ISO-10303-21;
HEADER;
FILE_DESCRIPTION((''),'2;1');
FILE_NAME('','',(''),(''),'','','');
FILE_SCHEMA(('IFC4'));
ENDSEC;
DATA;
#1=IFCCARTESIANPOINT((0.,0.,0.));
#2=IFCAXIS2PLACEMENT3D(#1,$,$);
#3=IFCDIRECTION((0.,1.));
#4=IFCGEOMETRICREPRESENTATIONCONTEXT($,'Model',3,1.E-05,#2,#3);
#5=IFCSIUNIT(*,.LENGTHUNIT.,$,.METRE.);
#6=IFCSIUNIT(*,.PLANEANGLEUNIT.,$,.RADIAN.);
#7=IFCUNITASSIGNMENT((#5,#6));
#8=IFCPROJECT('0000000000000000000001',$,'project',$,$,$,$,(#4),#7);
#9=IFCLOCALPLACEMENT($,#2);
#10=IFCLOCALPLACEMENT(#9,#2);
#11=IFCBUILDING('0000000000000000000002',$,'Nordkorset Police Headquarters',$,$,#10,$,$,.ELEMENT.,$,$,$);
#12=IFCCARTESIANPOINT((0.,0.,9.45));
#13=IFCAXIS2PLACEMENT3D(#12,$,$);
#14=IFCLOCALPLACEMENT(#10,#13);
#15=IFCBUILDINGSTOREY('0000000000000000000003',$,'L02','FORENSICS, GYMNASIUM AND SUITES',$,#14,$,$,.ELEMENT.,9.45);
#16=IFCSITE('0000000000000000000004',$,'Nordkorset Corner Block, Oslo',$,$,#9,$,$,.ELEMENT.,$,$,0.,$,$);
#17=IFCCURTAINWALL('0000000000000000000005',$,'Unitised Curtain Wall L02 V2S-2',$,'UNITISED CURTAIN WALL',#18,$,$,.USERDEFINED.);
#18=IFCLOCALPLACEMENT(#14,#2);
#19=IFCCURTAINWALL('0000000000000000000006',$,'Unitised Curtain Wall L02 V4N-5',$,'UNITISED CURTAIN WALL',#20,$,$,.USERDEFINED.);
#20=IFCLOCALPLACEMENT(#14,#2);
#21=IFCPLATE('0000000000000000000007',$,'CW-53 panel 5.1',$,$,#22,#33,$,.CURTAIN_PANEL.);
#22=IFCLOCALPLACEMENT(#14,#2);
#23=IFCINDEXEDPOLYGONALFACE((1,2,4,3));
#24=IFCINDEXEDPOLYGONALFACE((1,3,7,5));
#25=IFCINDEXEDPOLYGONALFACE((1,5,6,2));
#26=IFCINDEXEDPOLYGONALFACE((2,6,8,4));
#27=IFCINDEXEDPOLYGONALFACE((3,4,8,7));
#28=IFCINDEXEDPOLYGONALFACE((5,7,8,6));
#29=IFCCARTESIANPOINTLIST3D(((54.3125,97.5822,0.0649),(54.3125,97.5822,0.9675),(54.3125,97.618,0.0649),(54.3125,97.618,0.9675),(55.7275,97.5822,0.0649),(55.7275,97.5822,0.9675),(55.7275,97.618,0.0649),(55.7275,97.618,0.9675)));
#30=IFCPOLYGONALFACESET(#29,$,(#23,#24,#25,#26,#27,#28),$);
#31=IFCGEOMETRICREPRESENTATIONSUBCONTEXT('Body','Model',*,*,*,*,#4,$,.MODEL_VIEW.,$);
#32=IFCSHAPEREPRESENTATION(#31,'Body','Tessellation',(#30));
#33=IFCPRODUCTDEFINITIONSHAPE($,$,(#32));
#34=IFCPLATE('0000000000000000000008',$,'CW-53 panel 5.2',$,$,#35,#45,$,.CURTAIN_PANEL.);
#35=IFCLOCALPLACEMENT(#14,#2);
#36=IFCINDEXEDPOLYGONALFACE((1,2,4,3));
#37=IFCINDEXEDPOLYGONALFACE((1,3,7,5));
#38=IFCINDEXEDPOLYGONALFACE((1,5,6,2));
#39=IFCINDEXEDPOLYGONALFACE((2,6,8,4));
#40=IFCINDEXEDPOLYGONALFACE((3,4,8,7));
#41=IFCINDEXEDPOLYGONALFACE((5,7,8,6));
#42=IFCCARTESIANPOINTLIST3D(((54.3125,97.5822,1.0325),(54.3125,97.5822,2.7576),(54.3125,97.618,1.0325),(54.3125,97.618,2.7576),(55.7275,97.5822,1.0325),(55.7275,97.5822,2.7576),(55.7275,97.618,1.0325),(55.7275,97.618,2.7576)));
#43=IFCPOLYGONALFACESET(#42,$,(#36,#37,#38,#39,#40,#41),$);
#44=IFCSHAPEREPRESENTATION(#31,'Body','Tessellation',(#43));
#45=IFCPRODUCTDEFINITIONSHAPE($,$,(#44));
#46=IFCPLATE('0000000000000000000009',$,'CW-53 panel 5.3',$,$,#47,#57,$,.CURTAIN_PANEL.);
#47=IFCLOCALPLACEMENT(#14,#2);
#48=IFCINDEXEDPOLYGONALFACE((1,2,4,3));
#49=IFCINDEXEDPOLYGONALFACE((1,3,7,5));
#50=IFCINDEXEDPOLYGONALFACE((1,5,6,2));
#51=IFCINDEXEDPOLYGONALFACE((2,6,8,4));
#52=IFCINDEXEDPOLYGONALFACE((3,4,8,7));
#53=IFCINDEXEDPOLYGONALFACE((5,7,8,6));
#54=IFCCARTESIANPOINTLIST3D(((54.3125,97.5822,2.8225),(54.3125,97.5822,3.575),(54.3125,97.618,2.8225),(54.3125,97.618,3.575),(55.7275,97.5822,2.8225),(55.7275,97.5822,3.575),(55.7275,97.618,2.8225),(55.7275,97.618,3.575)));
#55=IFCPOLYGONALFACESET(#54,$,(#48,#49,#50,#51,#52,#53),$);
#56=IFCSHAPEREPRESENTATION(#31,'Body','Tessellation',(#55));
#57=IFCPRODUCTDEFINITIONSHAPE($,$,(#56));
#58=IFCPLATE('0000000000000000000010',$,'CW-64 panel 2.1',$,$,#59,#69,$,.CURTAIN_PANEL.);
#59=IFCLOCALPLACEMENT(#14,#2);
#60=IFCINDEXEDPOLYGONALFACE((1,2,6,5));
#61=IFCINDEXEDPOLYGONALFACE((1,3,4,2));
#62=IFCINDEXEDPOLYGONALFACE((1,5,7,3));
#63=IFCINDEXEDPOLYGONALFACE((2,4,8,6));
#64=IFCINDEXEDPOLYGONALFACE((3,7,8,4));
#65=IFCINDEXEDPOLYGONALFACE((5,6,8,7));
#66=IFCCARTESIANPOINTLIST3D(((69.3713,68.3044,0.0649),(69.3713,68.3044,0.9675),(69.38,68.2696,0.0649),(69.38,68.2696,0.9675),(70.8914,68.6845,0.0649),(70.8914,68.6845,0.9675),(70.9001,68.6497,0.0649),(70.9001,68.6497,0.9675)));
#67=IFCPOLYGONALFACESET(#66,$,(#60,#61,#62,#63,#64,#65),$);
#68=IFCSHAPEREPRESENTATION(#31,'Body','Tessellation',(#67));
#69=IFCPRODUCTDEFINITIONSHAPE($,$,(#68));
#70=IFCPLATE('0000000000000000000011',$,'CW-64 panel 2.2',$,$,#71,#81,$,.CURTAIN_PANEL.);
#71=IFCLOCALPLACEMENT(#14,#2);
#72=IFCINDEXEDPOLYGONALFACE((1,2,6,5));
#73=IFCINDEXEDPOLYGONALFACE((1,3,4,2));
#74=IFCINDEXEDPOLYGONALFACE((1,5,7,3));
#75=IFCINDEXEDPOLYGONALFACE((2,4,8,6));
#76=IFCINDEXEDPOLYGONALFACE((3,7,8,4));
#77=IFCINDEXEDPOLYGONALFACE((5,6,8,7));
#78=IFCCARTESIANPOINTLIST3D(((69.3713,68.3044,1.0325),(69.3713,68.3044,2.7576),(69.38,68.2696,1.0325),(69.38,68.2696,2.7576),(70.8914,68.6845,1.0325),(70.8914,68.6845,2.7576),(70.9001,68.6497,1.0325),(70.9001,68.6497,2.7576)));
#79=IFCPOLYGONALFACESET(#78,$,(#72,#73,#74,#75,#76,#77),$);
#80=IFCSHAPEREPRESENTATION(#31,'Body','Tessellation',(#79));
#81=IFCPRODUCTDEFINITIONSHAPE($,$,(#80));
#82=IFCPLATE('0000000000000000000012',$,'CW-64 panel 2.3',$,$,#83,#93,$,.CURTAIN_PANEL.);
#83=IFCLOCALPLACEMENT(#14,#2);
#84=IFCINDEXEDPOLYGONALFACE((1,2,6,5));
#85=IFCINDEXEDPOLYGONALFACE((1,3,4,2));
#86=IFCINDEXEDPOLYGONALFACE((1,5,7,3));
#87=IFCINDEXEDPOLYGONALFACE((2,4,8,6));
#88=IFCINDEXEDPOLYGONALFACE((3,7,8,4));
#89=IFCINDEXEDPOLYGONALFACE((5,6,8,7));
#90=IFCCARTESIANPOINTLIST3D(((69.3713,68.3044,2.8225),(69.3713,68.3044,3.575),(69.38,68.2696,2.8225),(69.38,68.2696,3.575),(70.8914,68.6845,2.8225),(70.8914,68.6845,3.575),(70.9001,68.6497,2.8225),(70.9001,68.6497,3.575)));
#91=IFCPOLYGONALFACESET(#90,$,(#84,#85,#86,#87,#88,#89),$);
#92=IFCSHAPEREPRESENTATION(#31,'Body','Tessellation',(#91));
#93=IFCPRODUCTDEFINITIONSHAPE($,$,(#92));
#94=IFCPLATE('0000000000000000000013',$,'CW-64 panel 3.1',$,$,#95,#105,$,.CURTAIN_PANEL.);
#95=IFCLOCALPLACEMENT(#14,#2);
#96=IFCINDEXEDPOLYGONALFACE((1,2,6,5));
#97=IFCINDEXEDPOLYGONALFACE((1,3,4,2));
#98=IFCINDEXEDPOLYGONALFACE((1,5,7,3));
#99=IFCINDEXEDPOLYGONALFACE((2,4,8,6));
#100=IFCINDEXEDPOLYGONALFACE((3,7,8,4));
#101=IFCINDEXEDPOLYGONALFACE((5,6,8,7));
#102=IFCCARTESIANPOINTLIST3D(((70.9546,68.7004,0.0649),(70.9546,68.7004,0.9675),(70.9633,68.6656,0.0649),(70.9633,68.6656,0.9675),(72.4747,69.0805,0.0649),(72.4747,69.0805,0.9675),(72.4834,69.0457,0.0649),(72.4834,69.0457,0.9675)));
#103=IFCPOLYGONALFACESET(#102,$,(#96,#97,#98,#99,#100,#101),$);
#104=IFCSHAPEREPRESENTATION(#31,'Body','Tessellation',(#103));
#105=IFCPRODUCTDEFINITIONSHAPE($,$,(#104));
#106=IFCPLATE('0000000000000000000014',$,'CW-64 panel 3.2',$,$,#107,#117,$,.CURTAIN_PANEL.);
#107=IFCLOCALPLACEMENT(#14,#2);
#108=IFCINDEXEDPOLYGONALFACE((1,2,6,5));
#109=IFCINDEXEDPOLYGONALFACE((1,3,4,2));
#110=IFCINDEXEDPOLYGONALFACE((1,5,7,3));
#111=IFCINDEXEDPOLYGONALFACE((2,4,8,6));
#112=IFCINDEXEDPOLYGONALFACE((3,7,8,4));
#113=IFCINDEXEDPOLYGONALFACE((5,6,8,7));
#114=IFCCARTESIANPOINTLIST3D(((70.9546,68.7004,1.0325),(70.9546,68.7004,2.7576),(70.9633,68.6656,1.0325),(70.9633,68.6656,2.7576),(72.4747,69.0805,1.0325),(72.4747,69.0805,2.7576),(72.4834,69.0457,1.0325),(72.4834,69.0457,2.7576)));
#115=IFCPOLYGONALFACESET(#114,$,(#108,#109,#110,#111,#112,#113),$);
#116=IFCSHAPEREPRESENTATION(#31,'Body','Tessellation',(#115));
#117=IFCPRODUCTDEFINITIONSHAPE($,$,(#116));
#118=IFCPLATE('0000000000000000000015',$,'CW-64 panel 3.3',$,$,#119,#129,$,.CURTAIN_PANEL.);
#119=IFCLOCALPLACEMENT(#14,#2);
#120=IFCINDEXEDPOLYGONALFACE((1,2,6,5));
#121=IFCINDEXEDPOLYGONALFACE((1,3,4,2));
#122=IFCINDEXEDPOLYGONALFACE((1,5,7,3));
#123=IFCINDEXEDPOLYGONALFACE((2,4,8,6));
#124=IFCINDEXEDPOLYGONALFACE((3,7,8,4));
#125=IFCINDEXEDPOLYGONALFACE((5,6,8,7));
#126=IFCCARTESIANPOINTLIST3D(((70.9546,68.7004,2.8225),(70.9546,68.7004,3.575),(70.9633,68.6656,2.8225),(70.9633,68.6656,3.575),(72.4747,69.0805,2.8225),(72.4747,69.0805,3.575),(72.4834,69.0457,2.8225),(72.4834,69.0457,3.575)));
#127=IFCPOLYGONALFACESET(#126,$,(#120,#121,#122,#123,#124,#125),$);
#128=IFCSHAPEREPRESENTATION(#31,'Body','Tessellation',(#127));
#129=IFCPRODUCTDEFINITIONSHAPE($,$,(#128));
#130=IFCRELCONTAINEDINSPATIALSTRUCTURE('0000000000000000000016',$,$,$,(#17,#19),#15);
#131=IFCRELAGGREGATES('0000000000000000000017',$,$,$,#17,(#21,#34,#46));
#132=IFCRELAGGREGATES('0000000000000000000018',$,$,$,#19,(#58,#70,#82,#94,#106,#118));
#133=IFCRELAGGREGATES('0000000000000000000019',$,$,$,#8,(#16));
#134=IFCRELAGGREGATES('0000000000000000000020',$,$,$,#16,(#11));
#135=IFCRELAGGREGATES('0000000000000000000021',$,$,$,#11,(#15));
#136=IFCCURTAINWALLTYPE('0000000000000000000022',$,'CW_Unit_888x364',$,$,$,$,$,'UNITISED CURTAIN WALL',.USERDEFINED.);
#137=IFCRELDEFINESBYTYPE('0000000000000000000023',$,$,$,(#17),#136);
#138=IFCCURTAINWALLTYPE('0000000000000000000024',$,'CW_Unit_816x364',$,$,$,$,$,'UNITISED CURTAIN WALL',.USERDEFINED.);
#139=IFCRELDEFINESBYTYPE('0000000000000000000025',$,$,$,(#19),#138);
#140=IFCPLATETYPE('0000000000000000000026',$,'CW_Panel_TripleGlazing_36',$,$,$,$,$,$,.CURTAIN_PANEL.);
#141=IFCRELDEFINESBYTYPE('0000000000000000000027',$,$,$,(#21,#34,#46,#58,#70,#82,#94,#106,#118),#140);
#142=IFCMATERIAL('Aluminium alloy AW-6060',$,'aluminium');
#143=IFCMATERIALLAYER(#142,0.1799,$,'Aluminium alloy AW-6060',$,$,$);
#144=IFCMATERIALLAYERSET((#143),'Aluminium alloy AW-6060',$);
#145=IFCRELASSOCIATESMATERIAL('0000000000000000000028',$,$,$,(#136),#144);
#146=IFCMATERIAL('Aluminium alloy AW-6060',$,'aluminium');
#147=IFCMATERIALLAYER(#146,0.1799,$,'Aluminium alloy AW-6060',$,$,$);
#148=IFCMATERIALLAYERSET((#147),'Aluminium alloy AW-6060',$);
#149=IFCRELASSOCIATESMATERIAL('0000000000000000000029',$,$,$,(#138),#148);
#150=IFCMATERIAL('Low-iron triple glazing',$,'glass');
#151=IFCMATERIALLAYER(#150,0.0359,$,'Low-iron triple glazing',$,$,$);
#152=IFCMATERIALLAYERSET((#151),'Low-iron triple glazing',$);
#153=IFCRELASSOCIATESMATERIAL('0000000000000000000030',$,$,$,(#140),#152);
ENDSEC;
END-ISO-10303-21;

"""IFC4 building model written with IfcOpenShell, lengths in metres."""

from ifc_helpers import new_model, si_unit, direction, frame, origin, origin_2d, place, context, subcontext, project, spatial, rectangle, extrude, material, layer, layer_set, type_object, element, aggregate, save


model = new_model("IFC4")

# Units and contexts
model_context = context("Model", 3, precision=1e-05, world=origin(), true_north=direction((0.0, 1.0)))
body_context = subcontext(model_context, "Body", "Model", "MODEL_VIEW")
ifc_project = project(units=[si_unit("LENGTHUNIT", "METRE"), si_unit("PLANEANGLEUNIT", "RADIAN")], contexts=[model_context])

# Site, building, storey
site_placement = place(None, origin())
site = spatial("IfcSite", under=ifc_project, at=site_placement, Name="Nordkorset Corner Block, Oslo", CompositionType="ELEMENT", RefElevation=0.0)
building_placement = place(site_placement, origin())
building = spatial("IfcBuilding", under=site, at=building_placement, Name="Nordkorset Police Headquarters", CompositionType="ELEMENT")
storey_placement = place(building_placement, frame((0.0, 0.0, 9.45)))
storey = spatial("IfcBuildingStorey", under=building, at=storey_placement, Name="L02", Description="FORENSICS, GYMNASIUM AND SUITES", CompositionType="ELEMENT", Elevation=9.45)

# Curtain walls
ifc_material_1 = material(Name="Aluminium alloy AW-6060", Category="aluminium")
ifc_layer_1 = layer(ifc_material_1, 0.1799, Name="Aluminium alloy AW-6060")
ifc_layer_set_1 = layer_set([ifc_layer_1], Name="Aluminium alloy AW-6060")
curtain_wall_type_1 = type_object("IfcCurtainWallType", Name="CW_Unit_888x364", ElementType="UNITISED CURTAIN WALL", PredefinedType="USERDEFINED", material=ifc_layer_set_1)
curtain_wall_1_placement = place(storey_placement, origin())
curtain_wall_1 = element("IfcCurtainWall", 1, at=curtain_wall_1_placement, inside=storey, type_object=curtain_wall_type_1, Name="Unitised Curtain Wall L02 V2S-2", ObjectType="UNITISED CURTAIN WALL", PredefinedType="USERDEFINED")
ifc_material_2 = material(Name="Aluminium alloy AW-6060", Category="aluminium")
ifc_layer_2 = layer(ifc_material_2, 0.1799, Name="Aluminium alloy AW-6060")
ifc_layer_set_2 = layer_set([ifc_layer_2], Name="Aluminium alloy AW-6060")
curtain_wall_type_2 = type_object("IfcCurtainWallType", Name="CW_Unit_816x364", ElementType="UNITISED CURTAIN WALL", PredefinedType="USERDEFINED", material=ifc_layer_set_2)
curtain_wall_2_placement = place(storey_placement, origin())
curtain_wall_2 = element("IfcCurtainWall", 2, at=curtain_wall_2_placement, inside=storey, type_object=curtain_wall_type_2, Name="Unitised Curtain Wall L02 V4N-5", ObjectType="UNITISED CURTAIN WALL", PredefinedType="USERDEFINED")

# Plates
ifc_material_3 = material(Name="Low-iron triple glazing", Category="glass")
ifc_layer_3 = layer(ifc_material_3, 0.0359, Name="Low-iron triple glazing")
ifc_layer_set_3 = layer_set([ifc_layer_3], Name="Low-iron triple glazing")
plate_type = type_object("IfcPlateType", Name="CW_Panel_TripleGlazing_36", PredefinedType="CURTAIN_PANEL", material=ifc_layer_set_3)
plate_1_placement = place(storey_placement, frame((55.02, 97.6001, 0.0649), z_axis=(0.0, 0.0, 1.0), x_axis=(1.0, 0.0, 0.0)))
plate_1 = element("IfcPlate", 3, at=plate_1_placement, type_object=plate_type, Name="CW-53 panel 5.1", PredefinedType="CURTAIN_PANEL", context=body_context, shape_type="SweptSolid", body=[
    extrude(rectangle(XDim=1.415, YDim=0.0359, at=origin_2d()), origin(), (0.0, 0.0, 1.0), 0.9026),
])
plate_2_placement = place(storey_placement, frame((55.02, 97.6001, 1.0325), z_axis=(0.0, 0.0, 1.0), x_axis=(1.0, 0.0, 0.0)))
plate_2 = element("IfcPlate", 4, at=plate_2_placement, type_object=plate_type, Name="CW-53 panel 5.2", PredefinedType="CURTAIN_PANEL", context=body_context, shape_type="SweptSolid", body=[
    extrude(rectangle(XDim=1.415, YDim=0.0359, at=origin_2d()), origin(), (0.0, 0.0, 1.0), 1.7251),
])
plate_3_placement = place(storey_placement, frame((55.02, 97.6001, 2.8225), z_axis=(0.0, 0.0, 1.0), x_axis=(1.0, 0.0, 0.0)))
plate_3 = element("IfcPlate", 5, at=plate_3_placement, type_object=plate_type, Name="CW-53 panel 5.3", PredefinedType="CURTAIN_PANEL", context=body_context, shape_type="SweptSolid", body=[
    extrude(rectangle(XDim=1.415, YDim=0.0359, at=origin_2d()), origin(), (0.0, 0.0, 1.0), 0.7524),
])
aggregate(curtain_wall_1, [plate_1, plate_2, plate_3])
plate_4_placement = place(storey_placement, frame((70.1357, 68.4771, 0.0649), z_axis=(0.0, 0.0, 1.0), x_axis=(0.970143, 0.242536, 0.0)))
plate_4 = element("IfcPlate", 6, at=plate_4_placement, type_object=plate_type, Name="CW-64 panel 2.1", PredefinedType="CURTAIN_PANEL", context=body_context, shape_type="SweptSolid", body=[
    extrude(rectangle(XDim=1.5669, YDim=0.0359, at=origin_2d()), origin(), (0.0, 0.0, 1.0), 0.9026),
])
plate_5_placement = place(storey_placement, frame((70.1357, 68.4771, 1.0325), z_axis=(0.0, 0.0, 1.0), x_axis=(0.970143, 0.242536, 0.0)))
plate_5 = element("IfcPlate", 7, at=plate_5_placement, type_object=plate_type, Name="CW-64 panel 2.2", PredefinedType="CURTAIN_PANEL", context=body_context, shape_type="SweptSolid", body=[
    extrude(rectangle(XDim=1.5669, YDim=0.0359, at=origin_2d()), origin(), (0.0, 0.0, 1.0), 1.7251),
])
plate_6_placement = place(storey_placement, frame((70.1357, 68.4771, 2.8225), z_axis=(0.0, 0.0, 1.0), x_axis=(0.970143, 0.242536, 0.0)))
plate_6 = element("IfcPlate", 8, at=plate_6_placement, type_object=plate_type, Name="CW-64 panel 2.3", PredefinedType="CURTAIN_PANEL", context=body_context, shape_type="SweptSolid", body=[
    extrude(rectangle(XDim=1.5669, YDim=0.0359, at=origin_2d()), origin(), (0.0, 0.0, 1.0), 0.7524),
])
plate_7_placement = place(storey_placement, frame((71.719, 68.873, 0.0649), z_axis=(0.0, 0.0, 1.0), x_axis=(0.970143, 0.242536, 0.0)))
plate_7 = element("IfcPlate", 9, at=plate_7_placement, type_object=plate_type, Name="CW-64 panel 3.1", PredefinedType="CURTAIN_PANEL", context=body_context, shape_type="SweptSolid", body=[
    extrude(rectangle(XDim=1.5669, YDim=0.0359, at=origin_2d()), origin(), (0.0, 0.0, 1.0), 0.9026),
])
plate_8_placement = place(storey_placement, frame((71.719, 68.873, 1.0325), z_axis=(0.0, 0.0, 1.0), x_axis=(0.970143, 0.242536, 0.0)))
plate_8 = element("IfcPlate", 10, at=plate_8_placement, type_object=plate_type, Name="CW-64 panel 3.2", PredefinedType="CURTAIN_PANEL", context=body_context, shape_type="SweptSolid", body=[
    extrude(rectangle(XDim=1.5669, YDim=0.0359, at=origin_2d()), origin(), (0.0, 0.0, 1.0), 1.7251),
])
plate_9_placement = place(storey_placement, frame((71.719, 68.873, 2.8225), z_axis=(0.0, 0.0, 1.0), x_axis=(0.970143, 0.242536, 0.0)))
plate_9 = element("IfcPlate", 11, at=plate_9_placement, type_object=plate_type, Name="CW-64 panel 3.3", PredefinedType="CURTAIN_PANEL", context=body_context, shape_type="SweptSolid", body=[
    extrude(rectangle(XDim=1.5669, YDim=0.0359, at=origin_2d()), origin(), (0.0, 0.0, 1.0), 0.7524),
])
aggregate(curtain_wall_2, [plate_4, plate_5, plate_6, plate_7, plate_8, plate_9])

save(model, "model.ifc")
